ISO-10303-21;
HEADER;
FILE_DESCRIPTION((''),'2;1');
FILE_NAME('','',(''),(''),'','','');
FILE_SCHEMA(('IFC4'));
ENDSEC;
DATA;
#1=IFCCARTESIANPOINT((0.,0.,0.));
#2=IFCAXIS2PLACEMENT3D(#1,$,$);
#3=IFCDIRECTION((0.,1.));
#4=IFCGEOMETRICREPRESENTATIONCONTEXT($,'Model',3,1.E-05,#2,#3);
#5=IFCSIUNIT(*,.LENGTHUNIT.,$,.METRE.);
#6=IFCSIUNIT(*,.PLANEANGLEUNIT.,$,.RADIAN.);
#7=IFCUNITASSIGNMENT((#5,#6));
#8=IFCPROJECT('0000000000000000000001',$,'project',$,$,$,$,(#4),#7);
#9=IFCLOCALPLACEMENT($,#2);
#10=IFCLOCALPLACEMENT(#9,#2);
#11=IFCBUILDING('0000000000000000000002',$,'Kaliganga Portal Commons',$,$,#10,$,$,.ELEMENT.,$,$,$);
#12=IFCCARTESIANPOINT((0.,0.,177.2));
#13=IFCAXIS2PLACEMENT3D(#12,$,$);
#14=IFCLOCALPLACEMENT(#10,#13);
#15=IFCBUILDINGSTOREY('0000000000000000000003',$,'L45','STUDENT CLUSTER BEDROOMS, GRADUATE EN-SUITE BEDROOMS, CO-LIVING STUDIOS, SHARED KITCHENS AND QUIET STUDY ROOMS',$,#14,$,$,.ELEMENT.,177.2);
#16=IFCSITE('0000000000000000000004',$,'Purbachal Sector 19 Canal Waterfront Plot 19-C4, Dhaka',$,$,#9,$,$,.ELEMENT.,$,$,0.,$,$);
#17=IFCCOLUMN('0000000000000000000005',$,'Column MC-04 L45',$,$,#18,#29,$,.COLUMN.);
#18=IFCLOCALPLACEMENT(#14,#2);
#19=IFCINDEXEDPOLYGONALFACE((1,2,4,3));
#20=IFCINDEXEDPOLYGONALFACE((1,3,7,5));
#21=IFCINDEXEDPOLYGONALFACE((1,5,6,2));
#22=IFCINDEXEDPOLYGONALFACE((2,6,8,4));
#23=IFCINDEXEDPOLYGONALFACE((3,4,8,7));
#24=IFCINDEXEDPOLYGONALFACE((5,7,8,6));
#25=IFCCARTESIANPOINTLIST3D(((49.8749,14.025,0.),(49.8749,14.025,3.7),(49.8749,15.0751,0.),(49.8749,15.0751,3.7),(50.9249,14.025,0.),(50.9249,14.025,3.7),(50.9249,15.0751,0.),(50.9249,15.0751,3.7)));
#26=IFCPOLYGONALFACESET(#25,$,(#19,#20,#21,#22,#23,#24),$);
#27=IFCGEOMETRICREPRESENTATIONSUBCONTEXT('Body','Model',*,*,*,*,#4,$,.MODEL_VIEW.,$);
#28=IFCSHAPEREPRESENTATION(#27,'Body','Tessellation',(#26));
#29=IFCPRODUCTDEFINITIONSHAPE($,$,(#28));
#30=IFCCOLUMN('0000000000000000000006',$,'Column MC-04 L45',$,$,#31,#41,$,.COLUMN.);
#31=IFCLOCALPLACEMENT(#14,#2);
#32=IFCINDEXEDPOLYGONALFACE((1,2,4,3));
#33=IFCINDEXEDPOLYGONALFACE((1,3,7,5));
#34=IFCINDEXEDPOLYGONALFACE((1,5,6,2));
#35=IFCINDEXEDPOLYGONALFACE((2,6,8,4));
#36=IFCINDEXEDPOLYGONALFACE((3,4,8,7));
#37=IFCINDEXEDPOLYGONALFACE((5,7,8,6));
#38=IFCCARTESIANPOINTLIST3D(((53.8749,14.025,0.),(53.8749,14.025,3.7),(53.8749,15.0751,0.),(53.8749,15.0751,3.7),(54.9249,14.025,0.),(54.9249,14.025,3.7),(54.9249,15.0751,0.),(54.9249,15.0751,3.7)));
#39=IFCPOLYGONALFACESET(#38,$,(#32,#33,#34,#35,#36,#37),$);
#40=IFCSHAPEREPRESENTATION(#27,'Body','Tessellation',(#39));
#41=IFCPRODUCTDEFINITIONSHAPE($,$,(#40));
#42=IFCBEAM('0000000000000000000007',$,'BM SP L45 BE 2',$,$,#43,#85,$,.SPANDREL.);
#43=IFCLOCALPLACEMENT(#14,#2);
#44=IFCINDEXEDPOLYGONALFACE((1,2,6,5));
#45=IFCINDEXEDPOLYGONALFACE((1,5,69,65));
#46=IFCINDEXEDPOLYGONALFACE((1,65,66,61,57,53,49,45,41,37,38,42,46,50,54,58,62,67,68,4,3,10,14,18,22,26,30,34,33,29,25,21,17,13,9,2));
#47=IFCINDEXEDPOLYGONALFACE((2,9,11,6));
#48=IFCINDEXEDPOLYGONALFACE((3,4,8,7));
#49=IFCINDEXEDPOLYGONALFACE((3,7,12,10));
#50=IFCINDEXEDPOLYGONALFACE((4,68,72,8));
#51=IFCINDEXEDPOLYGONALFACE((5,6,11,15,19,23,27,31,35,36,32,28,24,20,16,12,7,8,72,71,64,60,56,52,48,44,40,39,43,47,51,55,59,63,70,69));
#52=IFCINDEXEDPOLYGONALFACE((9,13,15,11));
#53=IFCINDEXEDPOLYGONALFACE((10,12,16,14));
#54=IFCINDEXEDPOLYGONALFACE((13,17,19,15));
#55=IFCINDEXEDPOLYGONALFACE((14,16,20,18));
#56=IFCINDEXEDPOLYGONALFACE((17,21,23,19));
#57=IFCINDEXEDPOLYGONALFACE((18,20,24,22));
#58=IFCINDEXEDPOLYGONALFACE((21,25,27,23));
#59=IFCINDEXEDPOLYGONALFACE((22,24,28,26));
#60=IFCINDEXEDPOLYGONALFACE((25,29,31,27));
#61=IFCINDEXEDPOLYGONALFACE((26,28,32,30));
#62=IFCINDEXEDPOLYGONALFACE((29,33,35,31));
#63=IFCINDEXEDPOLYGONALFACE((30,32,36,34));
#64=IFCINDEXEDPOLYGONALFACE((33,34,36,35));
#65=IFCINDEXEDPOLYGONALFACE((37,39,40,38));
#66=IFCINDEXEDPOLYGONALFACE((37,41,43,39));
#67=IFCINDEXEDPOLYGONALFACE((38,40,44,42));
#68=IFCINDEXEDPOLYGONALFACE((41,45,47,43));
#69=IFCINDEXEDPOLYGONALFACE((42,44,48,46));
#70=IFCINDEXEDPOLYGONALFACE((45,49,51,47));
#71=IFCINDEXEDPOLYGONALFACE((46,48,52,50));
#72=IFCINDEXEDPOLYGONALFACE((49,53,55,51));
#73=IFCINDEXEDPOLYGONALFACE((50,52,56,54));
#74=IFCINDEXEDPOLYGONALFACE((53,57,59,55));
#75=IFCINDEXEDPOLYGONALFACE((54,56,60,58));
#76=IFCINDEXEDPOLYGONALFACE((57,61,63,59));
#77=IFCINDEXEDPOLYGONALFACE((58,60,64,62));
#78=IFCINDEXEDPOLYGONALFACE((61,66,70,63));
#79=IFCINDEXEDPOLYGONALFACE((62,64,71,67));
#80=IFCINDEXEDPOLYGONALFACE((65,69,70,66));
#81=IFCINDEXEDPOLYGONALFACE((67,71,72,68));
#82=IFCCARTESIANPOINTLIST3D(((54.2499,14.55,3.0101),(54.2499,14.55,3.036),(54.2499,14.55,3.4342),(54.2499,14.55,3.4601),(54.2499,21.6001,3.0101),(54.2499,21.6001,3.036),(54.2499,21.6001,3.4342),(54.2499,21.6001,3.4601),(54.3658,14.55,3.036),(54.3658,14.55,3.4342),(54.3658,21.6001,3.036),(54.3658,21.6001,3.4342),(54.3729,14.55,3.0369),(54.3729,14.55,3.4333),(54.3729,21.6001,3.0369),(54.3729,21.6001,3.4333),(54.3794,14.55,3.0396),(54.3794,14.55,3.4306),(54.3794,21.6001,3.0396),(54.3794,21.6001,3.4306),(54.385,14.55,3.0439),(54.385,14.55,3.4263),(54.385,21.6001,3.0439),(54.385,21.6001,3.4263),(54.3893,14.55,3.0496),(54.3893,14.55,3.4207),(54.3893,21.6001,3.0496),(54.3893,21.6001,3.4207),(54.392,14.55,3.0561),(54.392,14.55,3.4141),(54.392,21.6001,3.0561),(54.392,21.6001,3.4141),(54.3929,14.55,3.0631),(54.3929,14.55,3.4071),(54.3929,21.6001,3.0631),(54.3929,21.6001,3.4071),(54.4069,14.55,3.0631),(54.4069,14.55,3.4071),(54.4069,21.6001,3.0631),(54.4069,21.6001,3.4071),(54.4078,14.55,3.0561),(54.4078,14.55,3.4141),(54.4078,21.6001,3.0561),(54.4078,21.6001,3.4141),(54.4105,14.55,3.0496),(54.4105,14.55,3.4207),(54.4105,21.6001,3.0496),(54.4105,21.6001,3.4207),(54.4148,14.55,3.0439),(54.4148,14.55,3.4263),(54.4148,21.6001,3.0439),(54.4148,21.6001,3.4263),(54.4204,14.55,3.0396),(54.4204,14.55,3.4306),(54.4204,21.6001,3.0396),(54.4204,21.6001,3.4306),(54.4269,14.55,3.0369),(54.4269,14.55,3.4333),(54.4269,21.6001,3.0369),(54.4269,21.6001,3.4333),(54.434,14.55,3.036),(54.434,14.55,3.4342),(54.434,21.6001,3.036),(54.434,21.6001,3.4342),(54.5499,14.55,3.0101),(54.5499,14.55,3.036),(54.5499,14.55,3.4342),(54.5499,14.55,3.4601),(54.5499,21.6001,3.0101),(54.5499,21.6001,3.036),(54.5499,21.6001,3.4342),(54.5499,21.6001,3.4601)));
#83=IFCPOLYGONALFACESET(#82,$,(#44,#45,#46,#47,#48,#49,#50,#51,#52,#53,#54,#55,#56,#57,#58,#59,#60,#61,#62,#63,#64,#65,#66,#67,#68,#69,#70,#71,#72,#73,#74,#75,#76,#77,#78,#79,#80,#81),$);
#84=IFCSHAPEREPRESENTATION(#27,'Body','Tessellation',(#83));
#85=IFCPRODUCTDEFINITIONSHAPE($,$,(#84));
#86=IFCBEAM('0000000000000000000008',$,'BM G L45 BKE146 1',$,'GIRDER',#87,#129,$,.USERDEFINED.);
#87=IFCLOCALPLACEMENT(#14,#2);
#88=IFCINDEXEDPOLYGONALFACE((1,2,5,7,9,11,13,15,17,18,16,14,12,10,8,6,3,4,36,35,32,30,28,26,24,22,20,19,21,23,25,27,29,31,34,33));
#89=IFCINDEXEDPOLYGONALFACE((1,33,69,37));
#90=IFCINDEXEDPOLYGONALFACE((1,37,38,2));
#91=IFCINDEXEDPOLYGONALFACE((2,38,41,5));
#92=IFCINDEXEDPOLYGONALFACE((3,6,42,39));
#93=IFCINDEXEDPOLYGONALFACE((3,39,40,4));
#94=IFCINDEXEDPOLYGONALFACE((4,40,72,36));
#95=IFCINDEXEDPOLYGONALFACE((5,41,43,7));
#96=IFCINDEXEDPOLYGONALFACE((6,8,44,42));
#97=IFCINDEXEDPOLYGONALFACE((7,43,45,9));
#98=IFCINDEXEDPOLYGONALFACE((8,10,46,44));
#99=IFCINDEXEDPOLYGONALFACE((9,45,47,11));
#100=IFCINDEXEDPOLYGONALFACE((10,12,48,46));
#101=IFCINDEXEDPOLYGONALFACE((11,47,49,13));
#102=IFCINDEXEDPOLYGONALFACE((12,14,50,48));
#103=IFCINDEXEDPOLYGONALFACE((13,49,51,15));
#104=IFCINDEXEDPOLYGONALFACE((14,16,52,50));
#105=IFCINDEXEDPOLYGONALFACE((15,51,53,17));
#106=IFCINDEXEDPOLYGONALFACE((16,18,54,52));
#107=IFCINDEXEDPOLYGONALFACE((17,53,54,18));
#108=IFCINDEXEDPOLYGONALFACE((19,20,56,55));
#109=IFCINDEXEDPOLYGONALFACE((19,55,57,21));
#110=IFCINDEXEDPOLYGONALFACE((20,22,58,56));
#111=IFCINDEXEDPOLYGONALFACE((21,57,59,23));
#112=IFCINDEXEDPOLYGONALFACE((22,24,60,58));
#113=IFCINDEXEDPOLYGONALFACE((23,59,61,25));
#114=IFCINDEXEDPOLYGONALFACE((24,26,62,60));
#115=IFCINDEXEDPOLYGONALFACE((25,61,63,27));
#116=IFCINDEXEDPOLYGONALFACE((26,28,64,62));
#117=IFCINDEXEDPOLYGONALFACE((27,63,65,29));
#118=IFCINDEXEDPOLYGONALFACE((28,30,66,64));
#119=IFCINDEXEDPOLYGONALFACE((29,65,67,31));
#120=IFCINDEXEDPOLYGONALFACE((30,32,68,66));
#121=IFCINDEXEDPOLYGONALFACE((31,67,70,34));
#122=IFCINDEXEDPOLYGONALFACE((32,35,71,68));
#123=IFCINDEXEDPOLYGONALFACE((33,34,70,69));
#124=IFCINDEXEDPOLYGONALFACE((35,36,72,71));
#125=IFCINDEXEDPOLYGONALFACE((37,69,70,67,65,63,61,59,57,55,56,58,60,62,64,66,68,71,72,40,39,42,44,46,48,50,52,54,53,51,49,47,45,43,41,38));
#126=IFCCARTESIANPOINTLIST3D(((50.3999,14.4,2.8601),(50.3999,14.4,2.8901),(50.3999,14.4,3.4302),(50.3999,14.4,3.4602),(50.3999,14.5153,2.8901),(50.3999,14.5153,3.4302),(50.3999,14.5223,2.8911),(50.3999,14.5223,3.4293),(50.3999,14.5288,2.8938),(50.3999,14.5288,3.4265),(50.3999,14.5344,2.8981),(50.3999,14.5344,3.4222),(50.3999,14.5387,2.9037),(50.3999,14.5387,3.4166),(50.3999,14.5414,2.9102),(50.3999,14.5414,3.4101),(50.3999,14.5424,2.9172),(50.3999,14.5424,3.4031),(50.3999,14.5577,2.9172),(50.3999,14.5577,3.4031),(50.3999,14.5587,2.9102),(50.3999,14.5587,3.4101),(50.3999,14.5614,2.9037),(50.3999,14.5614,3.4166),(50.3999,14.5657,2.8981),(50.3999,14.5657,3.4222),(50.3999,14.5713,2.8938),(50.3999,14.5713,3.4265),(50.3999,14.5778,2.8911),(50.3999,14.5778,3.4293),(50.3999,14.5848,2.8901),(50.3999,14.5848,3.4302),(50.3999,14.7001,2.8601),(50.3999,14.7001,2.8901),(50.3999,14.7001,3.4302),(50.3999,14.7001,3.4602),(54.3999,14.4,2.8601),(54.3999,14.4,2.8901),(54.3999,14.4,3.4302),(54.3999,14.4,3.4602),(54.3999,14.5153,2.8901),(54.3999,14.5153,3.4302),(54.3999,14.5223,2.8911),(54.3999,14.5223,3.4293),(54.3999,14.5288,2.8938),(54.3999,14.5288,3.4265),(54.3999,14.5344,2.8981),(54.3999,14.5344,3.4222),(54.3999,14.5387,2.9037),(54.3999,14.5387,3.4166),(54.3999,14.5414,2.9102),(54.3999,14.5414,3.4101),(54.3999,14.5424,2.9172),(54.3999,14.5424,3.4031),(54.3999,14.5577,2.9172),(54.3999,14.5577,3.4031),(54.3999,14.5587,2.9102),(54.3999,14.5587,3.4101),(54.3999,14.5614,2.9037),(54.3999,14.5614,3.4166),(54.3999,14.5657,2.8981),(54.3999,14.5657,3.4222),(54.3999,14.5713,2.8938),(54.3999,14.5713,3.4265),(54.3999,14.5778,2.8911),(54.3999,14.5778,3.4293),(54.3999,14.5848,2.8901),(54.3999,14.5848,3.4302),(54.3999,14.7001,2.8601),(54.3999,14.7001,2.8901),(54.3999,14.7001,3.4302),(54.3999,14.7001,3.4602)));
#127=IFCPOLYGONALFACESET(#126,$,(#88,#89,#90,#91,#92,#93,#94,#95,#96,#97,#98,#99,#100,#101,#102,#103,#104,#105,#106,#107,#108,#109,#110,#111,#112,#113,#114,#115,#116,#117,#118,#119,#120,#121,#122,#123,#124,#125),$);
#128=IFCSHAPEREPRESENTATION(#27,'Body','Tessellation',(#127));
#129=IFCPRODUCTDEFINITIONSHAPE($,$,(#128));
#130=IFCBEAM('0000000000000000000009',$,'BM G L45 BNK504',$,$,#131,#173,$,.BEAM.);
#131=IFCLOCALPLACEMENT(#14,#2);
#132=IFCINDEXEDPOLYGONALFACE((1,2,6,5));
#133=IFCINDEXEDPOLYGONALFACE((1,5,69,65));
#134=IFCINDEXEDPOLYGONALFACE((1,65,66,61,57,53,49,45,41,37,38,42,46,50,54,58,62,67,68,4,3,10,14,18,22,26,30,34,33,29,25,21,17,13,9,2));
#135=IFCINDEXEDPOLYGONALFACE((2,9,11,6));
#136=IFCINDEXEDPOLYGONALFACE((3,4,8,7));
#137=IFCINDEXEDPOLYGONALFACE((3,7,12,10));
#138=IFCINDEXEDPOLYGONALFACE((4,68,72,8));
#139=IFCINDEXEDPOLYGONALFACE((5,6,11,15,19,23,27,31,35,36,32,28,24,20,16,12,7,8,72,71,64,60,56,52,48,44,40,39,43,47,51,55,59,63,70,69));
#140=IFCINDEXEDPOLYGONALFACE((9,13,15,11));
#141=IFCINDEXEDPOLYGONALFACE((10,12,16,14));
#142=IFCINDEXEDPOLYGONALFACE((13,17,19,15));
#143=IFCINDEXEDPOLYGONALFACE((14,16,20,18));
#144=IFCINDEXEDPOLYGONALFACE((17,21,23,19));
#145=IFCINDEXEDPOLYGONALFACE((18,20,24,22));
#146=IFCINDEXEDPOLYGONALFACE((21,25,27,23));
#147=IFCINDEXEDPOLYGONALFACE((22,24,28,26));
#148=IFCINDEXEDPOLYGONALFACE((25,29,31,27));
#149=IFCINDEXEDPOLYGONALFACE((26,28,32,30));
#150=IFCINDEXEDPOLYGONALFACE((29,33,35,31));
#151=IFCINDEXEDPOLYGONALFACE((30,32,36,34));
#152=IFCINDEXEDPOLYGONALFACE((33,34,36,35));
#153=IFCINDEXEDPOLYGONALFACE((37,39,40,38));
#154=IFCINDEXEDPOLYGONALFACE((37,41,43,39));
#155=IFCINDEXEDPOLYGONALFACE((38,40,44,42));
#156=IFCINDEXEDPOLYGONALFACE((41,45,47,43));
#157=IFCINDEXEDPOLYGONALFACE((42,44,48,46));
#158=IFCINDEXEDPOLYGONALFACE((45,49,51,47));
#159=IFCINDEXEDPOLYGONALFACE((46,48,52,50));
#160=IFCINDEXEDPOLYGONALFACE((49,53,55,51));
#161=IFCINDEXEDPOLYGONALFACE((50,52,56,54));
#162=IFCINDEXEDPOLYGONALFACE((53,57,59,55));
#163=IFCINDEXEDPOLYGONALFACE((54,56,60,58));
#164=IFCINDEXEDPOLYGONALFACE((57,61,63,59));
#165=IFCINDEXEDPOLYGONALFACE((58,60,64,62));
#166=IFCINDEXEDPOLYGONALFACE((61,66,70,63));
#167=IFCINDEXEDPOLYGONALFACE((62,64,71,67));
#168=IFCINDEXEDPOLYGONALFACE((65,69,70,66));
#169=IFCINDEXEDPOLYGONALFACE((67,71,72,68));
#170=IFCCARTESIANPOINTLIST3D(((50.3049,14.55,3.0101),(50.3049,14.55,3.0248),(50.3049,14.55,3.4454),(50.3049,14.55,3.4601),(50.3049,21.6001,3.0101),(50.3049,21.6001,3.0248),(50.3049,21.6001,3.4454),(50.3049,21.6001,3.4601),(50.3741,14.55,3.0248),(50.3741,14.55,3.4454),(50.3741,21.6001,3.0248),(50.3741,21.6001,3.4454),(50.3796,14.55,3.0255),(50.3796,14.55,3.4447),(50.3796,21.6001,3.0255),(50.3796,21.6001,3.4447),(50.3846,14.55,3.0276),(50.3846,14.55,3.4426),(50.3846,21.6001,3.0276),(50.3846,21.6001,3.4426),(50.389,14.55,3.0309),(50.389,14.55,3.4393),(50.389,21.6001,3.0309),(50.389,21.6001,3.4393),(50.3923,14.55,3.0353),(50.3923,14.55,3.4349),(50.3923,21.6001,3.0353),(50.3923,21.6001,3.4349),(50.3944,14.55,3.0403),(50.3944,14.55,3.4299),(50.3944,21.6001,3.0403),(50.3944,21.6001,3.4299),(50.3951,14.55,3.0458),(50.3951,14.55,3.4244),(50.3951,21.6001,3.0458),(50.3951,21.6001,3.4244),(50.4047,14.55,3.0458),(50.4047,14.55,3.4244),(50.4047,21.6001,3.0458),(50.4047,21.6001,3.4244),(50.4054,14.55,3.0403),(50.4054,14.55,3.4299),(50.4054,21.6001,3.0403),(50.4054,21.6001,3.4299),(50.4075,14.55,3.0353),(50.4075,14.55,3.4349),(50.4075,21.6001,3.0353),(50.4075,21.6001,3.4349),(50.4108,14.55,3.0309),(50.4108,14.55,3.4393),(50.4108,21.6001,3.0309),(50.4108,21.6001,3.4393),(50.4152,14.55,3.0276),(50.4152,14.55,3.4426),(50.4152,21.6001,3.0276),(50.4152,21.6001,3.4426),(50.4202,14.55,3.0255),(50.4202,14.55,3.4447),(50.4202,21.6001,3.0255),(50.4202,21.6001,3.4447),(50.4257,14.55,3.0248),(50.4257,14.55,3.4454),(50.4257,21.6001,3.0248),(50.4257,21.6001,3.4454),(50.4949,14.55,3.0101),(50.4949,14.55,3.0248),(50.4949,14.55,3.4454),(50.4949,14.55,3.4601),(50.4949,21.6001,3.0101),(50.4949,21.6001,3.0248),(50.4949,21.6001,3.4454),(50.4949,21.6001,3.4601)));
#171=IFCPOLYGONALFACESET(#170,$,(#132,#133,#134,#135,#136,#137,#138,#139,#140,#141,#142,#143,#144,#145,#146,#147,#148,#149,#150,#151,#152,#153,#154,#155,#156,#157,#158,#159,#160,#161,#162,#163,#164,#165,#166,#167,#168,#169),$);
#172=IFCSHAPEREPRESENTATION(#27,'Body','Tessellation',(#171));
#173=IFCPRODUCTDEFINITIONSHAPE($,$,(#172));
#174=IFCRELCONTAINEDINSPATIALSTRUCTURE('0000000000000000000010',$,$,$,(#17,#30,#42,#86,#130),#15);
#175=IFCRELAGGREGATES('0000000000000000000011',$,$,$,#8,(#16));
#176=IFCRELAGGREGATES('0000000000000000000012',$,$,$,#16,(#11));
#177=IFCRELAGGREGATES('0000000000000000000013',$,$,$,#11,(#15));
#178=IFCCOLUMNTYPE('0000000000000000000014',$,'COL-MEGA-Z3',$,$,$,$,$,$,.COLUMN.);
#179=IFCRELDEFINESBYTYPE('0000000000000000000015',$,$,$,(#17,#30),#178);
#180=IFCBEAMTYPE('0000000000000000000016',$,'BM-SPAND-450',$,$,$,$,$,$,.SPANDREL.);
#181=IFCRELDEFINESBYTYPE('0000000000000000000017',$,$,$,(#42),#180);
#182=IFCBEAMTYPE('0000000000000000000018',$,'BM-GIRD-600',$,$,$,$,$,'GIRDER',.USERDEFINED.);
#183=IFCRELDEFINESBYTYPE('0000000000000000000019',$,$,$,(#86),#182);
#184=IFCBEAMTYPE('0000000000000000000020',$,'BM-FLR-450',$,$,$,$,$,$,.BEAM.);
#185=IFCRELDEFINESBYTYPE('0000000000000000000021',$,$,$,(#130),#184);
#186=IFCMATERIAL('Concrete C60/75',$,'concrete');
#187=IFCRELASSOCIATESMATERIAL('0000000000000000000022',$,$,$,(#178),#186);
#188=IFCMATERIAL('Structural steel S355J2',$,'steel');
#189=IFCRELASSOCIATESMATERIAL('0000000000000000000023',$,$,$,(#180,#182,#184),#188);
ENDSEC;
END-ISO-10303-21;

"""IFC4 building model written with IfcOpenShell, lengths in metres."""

from ifc_helpers import new_model, si_unit, direction, frame, origin, origin_2d, place, context, subcontext, project, spatial, rectangle, i_section, extrude, source, transform, mapped, material, material_profile, profile_set, type_object, element, save


model = new_model("IFC4")

# Units and contexts
model_context = context("Model", 3, precision=1e-05, world=origin(), true_north=direction((0.0, 1.0)))
body_context = subcontext(model_context, "Body", "Model", "MODEL_VIEW")
ifc_project = project(units=[si_unit("LENGTHUNIT", "METRE"), si_unit("PLANEANGLEUNIT", "RADIAN")], contexts=[model_context])

# Site, building, storey
site_placement = place(None, origin())
site = spatial("IfcSite", under=ifc_project, at=site_placement, Name="Purbachal Sector 19 Canal Waterfront Plot 19-C4, Dhaka", CompositionType="ELEMENT", RefElevation=0.0)
building_placement = place(site_placement, origin())
building = spatial("IfcBuilding", under=site, at=building_placement, Name="Kaliganga Portal Commons", CompositionType="ELEMENT")
storey_placement = place(building_placement, frame((0.0, 0.0, 177.2)))
storey = spatial("IfcBuildingStorey", under=building, at=storey_placement, Name="L45", Description="STUDENT CLUSTER BEDROOMS, GRADUATE EN-SUITE BEDROOMS, CO-LIVING STUDIOS, SHARED KITCHENS AND QUIET STUDY ROOMS", CompositionType="ELEMENT", Elevation=177.2)

# Columns
ifc_material_1 = material(Name="Concrete C60/75", Category="concrete")
ifc_material_profile_1 = material_profile(ifc_material_1, rectangle(XDim=1.05, YDim=1.05, at=origin_2d()), Name="RC 1050x1050")
ifc_profile_set_1 = profile_set([ifc_material_profile_1], Name="Concrete C60/75")
column_type = type_object("IfcColumnType", Name="COL-MEGA-Z3", PredefinedType="COLUMN", material=ifc_profile_set_1)
shared_shape_1 = source(origin(), body_context, "Body", "SweptSolid", [
    extrude(rectangle(XDim=1.05, YDim=1.05, at=origin_2d()), origin(), (0.0, 0.0, 1.0), 3.7),
])
for number, where, z_axis, x_axis, name in (
    (1, (50.3999, 14.55, 0.0), (0.0, 0.0, 1.0), (1.0, 0.0, 0.0), "Column MC-04 L45"),
    (2, (54.3999, 14.55, 0.0), (0.0, 0.0, 1.0), (1.0, 0.0, 0.0), "Column MC-04 L45"),
):
    element("IfcColumn", number, at=place(storey_placement, frame(where, z_axis=z_axis, x_axis=x_axis)), inside=storey, type_object=column_type, Name=name, PredefinedType="COLUMN", context=body_context, shape_type="MappedRepresentation", body=[
        mapped(shared_shape_1, transform((0.0, 0.0, 0.0), x_axis=(1.0, 0.0, 0.0), y_axis=(0.0, 1.0, 0.0), z_axis=(0.0, 0.0, 1.0), scale=1.0)),
    ])

# Beams
ifc_material_2 = material(Name="Structural steel S355J2", Category="steel")
ifc_material_profile_2 = material_profile(ifc_material_2, i_section(OverallWidth=0.3, OverallDepth=0.45, WebThickness=0.0139, FlangeThickness=0.0259, FilletRadius=0.0271, at=origin_2d()), Name="HE 450 B")
ifc_profile_set_2 = profile_set([ifc_material_profile_2], Name="Structural steel S355J2 wide-flange")
beam_type_1 = type_object("IfcBeamType", Name="BM-SPAND-450", PredefinedType="SPANDREL", material=ifc_profile_set_2)
shared_shape_2 = source(origin(), body_context, "Body", "SweptSolid", [
    extrude(i_section(OverallWidth=0.3, OverallDepth=0.45, WebThickness=0.0139, FlangeThickness=0.0259, FilletRadius=0.0271, at=origin_2d()), origin(), (0.0, 0.0, 1.0), 7.05),
])
beam_1_placement = place(storey_placement, frame((54.3999, 14.55, 3.2351), z_axis=(0.0, 1.0, 0.0), x_axis=(-1.0, 0.0, 0.0)))
element("IfcBeam", 3, at=beam_1_placement, inside=storey, type_object=beam_type_1, Name="BM SP L45 BE 2", PredefinedType="SPANDREL", context=body_context, shape_type="MappedRepresentation", body=[
    mapped(shared_shape_2, transform((0.0, 0.0, 0.0), x_axis=(1.0, 0.0, 0.0), y_axis=(0.0, 1.0, 0.0), z_axis=(0.0, 0.0, 1.0), scale=1.0)),
])
ifc_material_profile_3 = material_profile(ifc_material_2, i_section(OverallWidth=0.3, OverallDepth=0.6001, WebThickness=0.0154, FlangeThickness=0.03, FilletRadius=0.0271, at=origin_2d()), Name="HE 600 B")
ifc_profile_set_3 = profile_set([ifc_material_profile_3], Name="Structural steel S355J2 wide-flange")
beam_type_2 = type_object("IfcBeamType", Name="BM-GIRD-600", ElementType="GIRDER", PredefinedType="USERDEFINED", material=ifc_profile_set_3)
shared_shape_3 = source(origin(), body_context, "Body", "SweptSolid", [
    extrude(i_section(OverallWidth=0.3, OverallDepth=0.6001, WebThickness=0.0154, FlangeThickness=0.03, FilletRadius=0.0271, at=origin_2d()), origin(), (0.0, 0.0, 1.0), 4.0),
])
beam_2_placement = place(storey_placement, frame((50.3999, 14.55, 3.1602), z_axis=(1.0, 0.0, 0.0), x_axis=(0.0, 1.0, 0.0)))
element("IfcBeam", 4, at=beam_2_placement, inside=storey, type_object=beam_type_2, Name="BM G L45 BKE146 1", ObjectType="GIRDER", PredefinedType="USERDEFINED", context=body_context, shape_type="MappedRepresentation", body=[
    mapped(shared_shape_3, transform((0.0, 0.0, 0.0), x_axis=(1.0, 0.0, 0.0), y_axis=(0.0, 1.0, 0.0), z_axis=(0.0, 0.0, 1.0), scale=1.0)),
])
ifc_material_profile_4 = material_profile(ifc_material_2, i_section(OverallWidth=0.1899, OverallDepth=0.45, WebThickness=0.0095, FlangeThickness=0.0146, FilletRadius=0.021, at=origin_2d()), Name="IPE 450")
ifc_profile_set_4 = profile_set([ifc_material_profile_4], Name="Structural steel S355J2 wide-flange")
beam_type_3 = type_object("IfcBeamType", Name="BM-FLR-450", PredefinedType="BEAM", material=ifc_profile_set_4)
shared_shape_4 = source(origin(), body_context, "Body", "SweptSolid", [
    extrude(i_section(OverallWidth=0.1899, OverallDepth=0.45, WebThickness=0.0095, FlangeThickness=0.0146, FilletRadius=0.021, at=origin_2d()), origin(), (0.0, 0.0, 1.0), 7.05),
])
beam_3_placement = place(storey_placement, frame((50.3999, 14.55, 3.2351), z_axis=(0.0, 1.0, 0.0), x_axis=(-1.0, 0.0, 0.0)))
element("IfcBeam", 5, at=beam_3_placement, inside=storey, type_object=beam_type_3, Name="BM G L45 BNK504", PredefinedType="BEAM", context=body_context, shape_type="MappedRepresentation", body=[
    mapped(shared_shape_4, transform((0.0, 0.0, 0.0), x_axis=(1.0, 0.0, 0.0), y_axis=(0.0, 1.0, 0.0), z_axis=(0.0, 0.0, 1.0), scale=1.0)),
])

save(model, "model.ifc")
